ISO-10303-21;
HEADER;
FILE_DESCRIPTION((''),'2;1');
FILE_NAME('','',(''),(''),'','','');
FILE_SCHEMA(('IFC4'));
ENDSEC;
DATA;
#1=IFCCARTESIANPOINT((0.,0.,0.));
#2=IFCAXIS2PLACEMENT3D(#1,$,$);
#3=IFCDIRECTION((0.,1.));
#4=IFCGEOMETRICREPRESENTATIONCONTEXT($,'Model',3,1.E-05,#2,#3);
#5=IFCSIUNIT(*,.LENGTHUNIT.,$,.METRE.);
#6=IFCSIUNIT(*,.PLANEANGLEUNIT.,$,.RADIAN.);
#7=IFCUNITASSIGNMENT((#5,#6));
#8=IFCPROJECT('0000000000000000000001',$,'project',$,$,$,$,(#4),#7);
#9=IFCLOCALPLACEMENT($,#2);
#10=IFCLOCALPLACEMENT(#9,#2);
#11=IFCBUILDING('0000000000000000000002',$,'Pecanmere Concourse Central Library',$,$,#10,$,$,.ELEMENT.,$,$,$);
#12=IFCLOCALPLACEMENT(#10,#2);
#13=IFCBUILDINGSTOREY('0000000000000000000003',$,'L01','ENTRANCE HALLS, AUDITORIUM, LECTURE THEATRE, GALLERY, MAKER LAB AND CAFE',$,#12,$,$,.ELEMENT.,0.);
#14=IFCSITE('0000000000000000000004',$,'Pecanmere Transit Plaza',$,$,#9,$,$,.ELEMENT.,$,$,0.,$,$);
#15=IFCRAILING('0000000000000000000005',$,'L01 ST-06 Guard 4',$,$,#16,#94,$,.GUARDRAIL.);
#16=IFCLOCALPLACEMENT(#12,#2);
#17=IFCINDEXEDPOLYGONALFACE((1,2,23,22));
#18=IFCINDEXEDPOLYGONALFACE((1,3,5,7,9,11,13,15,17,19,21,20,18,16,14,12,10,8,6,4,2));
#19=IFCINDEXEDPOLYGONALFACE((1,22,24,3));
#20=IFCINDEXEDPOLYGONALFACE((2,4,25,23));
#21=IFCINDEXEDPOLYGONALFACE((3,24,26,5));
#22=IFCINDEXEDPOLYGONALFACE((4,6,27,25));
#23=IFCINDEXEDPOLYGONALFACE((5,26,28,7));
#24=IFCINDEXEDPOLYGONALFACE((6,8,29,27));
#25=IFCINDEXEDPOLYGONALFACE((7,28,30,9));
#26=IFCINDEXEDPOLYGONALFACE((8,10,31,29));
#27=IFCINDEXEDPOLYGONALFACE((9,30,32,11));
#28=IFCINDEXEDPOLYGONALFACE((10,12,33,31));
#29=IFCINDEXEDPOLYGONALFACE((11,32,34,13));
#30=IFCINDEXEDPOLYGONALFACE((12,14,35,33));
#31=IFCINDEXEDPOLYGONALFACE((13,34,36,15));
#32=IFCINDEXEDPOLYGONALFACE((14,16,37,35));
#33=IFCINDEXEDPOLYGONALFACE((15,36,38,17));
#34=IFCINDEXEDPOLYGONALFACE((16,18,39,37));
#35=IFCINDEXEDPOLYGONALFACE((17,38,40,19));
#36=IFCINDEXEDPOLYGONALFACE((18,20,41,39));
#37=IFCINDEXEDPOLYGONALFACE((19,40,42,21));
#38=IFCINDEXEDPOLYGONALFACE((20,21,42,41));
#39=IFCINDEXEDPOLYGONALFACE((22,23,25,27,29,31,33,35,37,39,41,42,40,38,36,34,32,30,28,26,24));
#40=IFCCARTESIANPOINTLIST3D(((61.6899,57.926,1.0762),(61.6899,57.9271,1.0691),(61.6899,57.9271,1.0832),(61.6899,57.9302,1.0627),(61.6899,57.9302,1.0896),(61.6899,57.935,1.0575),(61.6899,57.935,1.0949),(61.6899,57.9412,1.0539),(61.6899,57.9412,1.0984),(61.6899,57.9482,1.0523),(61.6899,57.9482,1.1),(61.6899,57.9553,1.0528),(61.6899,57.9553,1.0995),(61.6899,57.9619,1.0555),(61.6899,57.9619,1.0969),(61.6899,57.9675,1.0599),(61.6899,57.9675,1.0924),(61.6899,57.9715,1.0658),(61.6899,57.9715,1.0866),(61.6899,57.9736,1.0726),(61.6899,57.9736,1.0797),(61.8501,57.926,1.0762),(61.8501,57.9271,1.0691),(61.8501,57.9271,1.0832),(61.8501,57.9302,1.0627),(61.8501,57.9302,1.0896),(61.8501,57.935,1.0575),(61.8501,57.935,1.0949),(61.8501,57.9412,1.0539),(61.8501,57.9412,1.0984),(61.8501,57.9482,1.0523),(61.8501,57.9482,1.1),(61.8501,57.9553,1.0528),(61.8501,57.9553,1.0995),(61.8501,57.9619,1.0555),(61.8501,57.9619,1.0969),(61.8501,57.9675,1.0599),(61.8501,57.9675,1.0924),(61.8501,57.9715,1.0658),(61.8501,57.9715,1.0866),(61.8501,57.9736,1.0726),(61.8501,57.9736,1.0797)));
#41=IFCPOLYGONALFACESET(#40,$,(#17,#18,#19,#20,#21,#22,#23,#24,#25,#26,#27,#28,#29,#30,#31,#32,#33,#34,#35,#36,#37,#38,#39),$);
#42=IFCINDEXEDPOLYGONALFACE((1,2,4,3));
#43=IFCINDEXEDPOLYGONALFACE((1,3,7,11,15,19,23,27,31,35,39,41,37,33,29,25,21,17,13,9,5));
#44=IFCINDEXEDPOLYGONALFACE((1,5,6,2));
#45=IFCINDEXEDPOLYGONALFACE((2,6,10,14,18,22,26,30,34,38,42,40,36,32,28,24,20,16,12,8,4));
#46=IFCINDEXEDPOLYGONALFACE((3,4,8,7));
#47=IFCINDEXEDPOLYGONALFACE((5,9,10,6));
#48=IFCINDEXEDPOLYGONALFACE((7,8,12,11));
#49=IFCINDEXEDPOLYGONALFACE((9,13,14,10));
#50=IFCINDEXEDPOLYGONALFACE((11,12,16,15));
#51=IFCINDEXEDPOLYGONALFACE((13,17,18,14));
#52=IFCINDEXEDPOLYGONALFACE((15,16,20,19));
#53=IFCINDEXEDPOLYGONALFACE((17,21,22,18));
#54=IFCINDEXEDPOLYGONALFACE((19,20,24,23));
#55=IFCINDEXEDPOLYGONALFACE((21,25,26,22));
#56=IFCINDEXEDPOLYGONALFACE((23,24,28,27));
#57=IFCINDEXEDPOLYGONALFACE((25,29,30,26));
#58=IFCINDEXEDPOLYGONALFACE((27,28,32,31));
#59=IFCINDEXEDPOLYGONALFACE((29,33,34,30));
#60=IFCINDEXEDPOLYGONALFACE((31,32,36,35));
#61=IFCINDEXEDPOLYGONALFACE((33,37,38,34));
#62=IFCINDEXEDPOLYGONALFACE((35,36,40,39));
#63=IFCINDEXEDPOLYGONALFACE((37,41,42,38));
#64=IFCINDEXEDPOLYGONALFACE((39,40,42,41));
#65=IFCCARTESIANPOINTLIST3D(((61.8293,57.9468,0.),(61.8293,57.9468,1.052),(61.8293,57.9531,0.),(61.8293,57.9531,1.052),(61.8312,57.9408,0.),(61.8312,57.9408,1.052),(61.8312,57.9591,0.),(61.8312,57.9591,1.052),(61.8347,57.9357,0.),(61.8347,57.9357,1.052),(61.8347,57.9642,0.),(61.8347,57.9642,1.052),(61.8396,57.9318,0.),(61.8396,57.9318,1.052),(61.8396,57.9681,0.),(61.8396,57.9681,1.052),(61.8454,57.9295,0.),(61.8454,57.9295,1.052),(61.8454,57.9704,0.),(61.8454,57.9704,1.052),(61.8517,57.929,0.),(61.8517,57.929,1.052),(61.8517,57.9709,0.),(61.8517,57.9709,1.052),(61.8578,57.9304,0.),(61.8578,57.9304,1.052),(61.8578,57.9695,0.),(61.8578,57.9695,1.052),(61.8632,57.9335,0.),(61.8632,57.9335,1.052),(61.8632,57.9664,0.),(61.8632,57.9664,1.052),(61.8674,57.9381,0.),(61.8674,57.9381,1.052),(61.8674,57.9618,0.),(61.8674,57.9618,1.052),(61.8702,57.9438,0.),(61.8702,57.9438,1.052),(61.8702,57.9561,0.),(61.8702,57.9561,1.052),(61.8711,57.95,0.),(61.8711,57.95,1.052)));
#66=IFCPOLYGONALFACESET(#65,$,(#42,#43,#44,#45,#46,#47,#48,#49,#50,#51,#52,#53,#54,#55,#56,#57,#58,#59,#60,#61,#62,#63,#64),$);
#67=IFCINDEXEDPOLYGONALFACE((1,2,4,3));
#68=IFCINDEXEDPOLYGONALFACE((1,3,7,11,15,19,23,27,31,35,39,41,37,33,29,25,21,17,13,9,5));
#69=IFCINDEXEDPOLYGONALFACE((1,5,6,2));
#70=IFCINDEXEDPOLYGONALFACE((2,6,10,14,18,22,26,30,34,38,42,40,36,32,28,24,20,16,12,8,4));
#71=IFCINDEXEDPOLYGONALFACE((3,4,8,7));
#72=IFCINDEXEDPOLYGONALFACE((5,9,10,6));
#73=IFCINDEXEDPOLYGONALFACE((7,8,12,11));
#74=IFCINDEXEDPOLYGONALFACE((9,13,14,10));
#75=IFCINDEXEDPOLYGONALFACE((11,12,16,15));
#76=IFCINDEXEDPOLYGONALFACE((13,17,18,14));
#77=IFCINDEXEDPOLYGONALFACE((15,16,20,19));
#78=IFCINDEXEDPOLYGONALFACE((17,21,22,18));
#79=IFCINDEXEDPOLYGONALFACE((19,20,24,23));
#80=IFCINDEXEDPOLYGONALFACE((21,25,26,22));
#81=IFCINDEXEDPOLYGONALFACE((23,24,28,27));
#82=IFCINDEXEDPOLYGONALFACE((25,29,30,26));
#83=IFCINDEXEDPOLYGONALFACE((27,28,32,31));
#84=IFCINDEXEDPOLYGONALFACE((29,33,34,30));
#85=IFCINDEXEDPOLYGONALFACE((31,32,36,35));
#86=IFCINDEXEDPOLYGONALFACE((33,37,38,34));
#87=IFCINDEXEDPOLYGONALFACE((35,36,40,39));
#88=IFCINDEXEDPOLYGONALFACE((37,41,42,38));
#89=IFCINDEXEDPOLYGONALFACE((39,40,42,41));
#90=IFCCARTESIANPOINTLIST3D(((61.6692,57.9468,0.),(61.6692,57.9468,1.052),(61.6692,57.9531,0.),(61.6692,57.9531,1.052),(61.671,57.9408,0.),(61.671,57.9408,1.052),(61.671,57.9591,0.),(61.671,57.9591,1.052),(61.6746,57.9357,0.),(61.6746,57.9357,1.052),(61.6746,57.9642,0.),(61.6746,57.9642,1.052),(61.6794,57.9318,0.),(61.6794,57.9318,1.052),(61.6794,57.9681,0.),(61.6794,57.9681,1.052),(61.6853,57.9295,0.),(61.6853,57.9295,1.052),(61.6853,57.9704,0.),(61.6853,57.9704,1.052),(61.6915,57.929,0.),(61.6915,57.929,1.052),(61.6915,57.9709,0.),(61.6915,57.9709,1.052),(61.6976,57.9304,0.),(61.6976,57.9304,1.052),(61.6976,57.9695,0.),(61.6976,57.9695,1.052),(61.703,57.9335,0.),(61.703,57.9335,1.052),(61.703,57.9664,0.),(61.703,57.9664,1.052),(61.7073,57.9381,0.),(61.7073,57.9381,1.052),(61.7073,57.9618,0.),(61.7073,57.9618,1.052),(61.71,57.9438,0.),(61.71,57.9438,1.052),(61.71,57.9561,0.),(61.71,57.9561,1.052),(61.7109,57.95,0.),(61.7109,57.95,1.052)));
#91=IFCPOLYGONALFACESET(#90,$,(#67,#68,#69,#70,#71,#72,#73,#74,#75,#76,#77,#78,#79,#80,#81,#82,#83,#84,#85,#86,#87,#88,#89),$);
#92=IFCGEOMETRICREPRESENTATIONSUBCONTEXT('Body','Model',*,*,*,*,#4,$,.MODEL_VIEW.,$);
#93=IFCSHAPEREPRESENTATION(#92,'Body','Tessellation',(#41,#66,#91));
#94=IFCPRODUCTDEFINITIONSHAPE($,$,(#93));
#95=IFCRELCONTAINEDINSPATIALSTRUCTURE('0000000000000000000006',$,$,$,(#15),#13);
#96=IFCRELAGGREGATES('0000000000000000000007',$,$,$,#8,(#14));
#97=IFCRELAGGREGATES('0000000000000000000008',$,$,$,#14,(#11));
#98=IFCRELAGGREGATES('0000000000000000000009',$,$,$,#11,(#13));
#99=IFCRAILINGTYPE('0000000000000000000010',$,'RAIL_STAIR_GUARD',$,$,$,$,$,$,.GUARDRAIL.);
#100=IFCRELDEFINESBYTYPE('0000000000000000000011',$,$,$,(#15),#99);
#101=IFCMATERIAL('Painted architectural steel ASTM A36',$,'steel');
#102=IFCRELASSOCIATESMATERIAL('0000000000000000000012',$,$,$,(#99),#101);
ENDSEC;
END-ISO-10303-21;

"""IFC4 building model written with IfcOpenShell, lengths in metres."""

from ifc_helpers import new_model, si_unit, direction, frame, origin, origin_2d, place, context, subcontext, project, spatial, circle, extrude, material, type_object, element, save


model = new_model("IFC4")

# Units and contexts
model_context = context("Model", 3, precision=1e-05, world=origin(), true_north=direction((0.0, 1.0)))
body_context = subcontext(model_context, "Body", "Model", "MODEL_VIEW")
ifc_project = project(units=[si_unit("LENGTHUNIT", "METRE"), si_unit("PLANEANGLEUNIT", "RADIAN")], contexts=[model_context])

# Site, building, storey
site_placement = place(None, origin())
site = spatial("IfcSite", under=ifc_project, at=site_placement, Name="Pecanmere Transit Plaza", CompositionType="ELEMENT", RefElevation=0.0)
building_placement = place(site_placement, origin())
building = spatial("IfcBuilding", under=site, at=building_placement, Name="Pecanmere Concourse Central Library", CompositionType="ELEMENT")
storey_placement = place(building_placement, origin())
storey = spatial("IfcBuildingStorey", under=building, at=storey_placement, Name="L01", Description="ENTRANCE HALLS, AUDITORIUM, LECTURE THEATRE, GALLERY, MAKER LAB AND CAFE", CompositionType="ELEMENT", Elevation=0.0)

# Railing
ifc_material_1 = material(Name="Painted architectural steel ASTM A36", Category="steel")
railing_type_1 = type_object("IfcRailingType", Name="RAIL_STAIR_GUARD", PredefinedType="GUARDRAIL", material=ifc_material_1)
railing_1_placement = place(storey_placement, frame((61.8501, 57.95, 0.0)))
element("IfcRailing", 1, at=railing_1_placement, inside=storey, type_object=railing_type_1, Name="L01 ST-06 Guard 4", PredefinedType="GUARDRAIL", context=body_context, shape_type="SweptSolid", body=[
    extrude(circle(Radius=0.0239, at=origin_2d()), frame((0.0, 0.0, 1.0762), z_axis=(-1.0, 0.0, 0.0), x_axis=(0.0, -1.0, 0.0)), (0.0, 0.0, 1.0), 0.1602),
    extrude(circle(Radius=0.021, at=origin_2d()), origin(), (0.0, 0.0, 1.0), 1.052),
    extrude(circle(Radius=0.021, at=origin_2d()), frame((-0.1602, 0.0, 0.0)), (0.0, 0.0, 1.0), 1.052),
])

save(model, "model.ifc")
